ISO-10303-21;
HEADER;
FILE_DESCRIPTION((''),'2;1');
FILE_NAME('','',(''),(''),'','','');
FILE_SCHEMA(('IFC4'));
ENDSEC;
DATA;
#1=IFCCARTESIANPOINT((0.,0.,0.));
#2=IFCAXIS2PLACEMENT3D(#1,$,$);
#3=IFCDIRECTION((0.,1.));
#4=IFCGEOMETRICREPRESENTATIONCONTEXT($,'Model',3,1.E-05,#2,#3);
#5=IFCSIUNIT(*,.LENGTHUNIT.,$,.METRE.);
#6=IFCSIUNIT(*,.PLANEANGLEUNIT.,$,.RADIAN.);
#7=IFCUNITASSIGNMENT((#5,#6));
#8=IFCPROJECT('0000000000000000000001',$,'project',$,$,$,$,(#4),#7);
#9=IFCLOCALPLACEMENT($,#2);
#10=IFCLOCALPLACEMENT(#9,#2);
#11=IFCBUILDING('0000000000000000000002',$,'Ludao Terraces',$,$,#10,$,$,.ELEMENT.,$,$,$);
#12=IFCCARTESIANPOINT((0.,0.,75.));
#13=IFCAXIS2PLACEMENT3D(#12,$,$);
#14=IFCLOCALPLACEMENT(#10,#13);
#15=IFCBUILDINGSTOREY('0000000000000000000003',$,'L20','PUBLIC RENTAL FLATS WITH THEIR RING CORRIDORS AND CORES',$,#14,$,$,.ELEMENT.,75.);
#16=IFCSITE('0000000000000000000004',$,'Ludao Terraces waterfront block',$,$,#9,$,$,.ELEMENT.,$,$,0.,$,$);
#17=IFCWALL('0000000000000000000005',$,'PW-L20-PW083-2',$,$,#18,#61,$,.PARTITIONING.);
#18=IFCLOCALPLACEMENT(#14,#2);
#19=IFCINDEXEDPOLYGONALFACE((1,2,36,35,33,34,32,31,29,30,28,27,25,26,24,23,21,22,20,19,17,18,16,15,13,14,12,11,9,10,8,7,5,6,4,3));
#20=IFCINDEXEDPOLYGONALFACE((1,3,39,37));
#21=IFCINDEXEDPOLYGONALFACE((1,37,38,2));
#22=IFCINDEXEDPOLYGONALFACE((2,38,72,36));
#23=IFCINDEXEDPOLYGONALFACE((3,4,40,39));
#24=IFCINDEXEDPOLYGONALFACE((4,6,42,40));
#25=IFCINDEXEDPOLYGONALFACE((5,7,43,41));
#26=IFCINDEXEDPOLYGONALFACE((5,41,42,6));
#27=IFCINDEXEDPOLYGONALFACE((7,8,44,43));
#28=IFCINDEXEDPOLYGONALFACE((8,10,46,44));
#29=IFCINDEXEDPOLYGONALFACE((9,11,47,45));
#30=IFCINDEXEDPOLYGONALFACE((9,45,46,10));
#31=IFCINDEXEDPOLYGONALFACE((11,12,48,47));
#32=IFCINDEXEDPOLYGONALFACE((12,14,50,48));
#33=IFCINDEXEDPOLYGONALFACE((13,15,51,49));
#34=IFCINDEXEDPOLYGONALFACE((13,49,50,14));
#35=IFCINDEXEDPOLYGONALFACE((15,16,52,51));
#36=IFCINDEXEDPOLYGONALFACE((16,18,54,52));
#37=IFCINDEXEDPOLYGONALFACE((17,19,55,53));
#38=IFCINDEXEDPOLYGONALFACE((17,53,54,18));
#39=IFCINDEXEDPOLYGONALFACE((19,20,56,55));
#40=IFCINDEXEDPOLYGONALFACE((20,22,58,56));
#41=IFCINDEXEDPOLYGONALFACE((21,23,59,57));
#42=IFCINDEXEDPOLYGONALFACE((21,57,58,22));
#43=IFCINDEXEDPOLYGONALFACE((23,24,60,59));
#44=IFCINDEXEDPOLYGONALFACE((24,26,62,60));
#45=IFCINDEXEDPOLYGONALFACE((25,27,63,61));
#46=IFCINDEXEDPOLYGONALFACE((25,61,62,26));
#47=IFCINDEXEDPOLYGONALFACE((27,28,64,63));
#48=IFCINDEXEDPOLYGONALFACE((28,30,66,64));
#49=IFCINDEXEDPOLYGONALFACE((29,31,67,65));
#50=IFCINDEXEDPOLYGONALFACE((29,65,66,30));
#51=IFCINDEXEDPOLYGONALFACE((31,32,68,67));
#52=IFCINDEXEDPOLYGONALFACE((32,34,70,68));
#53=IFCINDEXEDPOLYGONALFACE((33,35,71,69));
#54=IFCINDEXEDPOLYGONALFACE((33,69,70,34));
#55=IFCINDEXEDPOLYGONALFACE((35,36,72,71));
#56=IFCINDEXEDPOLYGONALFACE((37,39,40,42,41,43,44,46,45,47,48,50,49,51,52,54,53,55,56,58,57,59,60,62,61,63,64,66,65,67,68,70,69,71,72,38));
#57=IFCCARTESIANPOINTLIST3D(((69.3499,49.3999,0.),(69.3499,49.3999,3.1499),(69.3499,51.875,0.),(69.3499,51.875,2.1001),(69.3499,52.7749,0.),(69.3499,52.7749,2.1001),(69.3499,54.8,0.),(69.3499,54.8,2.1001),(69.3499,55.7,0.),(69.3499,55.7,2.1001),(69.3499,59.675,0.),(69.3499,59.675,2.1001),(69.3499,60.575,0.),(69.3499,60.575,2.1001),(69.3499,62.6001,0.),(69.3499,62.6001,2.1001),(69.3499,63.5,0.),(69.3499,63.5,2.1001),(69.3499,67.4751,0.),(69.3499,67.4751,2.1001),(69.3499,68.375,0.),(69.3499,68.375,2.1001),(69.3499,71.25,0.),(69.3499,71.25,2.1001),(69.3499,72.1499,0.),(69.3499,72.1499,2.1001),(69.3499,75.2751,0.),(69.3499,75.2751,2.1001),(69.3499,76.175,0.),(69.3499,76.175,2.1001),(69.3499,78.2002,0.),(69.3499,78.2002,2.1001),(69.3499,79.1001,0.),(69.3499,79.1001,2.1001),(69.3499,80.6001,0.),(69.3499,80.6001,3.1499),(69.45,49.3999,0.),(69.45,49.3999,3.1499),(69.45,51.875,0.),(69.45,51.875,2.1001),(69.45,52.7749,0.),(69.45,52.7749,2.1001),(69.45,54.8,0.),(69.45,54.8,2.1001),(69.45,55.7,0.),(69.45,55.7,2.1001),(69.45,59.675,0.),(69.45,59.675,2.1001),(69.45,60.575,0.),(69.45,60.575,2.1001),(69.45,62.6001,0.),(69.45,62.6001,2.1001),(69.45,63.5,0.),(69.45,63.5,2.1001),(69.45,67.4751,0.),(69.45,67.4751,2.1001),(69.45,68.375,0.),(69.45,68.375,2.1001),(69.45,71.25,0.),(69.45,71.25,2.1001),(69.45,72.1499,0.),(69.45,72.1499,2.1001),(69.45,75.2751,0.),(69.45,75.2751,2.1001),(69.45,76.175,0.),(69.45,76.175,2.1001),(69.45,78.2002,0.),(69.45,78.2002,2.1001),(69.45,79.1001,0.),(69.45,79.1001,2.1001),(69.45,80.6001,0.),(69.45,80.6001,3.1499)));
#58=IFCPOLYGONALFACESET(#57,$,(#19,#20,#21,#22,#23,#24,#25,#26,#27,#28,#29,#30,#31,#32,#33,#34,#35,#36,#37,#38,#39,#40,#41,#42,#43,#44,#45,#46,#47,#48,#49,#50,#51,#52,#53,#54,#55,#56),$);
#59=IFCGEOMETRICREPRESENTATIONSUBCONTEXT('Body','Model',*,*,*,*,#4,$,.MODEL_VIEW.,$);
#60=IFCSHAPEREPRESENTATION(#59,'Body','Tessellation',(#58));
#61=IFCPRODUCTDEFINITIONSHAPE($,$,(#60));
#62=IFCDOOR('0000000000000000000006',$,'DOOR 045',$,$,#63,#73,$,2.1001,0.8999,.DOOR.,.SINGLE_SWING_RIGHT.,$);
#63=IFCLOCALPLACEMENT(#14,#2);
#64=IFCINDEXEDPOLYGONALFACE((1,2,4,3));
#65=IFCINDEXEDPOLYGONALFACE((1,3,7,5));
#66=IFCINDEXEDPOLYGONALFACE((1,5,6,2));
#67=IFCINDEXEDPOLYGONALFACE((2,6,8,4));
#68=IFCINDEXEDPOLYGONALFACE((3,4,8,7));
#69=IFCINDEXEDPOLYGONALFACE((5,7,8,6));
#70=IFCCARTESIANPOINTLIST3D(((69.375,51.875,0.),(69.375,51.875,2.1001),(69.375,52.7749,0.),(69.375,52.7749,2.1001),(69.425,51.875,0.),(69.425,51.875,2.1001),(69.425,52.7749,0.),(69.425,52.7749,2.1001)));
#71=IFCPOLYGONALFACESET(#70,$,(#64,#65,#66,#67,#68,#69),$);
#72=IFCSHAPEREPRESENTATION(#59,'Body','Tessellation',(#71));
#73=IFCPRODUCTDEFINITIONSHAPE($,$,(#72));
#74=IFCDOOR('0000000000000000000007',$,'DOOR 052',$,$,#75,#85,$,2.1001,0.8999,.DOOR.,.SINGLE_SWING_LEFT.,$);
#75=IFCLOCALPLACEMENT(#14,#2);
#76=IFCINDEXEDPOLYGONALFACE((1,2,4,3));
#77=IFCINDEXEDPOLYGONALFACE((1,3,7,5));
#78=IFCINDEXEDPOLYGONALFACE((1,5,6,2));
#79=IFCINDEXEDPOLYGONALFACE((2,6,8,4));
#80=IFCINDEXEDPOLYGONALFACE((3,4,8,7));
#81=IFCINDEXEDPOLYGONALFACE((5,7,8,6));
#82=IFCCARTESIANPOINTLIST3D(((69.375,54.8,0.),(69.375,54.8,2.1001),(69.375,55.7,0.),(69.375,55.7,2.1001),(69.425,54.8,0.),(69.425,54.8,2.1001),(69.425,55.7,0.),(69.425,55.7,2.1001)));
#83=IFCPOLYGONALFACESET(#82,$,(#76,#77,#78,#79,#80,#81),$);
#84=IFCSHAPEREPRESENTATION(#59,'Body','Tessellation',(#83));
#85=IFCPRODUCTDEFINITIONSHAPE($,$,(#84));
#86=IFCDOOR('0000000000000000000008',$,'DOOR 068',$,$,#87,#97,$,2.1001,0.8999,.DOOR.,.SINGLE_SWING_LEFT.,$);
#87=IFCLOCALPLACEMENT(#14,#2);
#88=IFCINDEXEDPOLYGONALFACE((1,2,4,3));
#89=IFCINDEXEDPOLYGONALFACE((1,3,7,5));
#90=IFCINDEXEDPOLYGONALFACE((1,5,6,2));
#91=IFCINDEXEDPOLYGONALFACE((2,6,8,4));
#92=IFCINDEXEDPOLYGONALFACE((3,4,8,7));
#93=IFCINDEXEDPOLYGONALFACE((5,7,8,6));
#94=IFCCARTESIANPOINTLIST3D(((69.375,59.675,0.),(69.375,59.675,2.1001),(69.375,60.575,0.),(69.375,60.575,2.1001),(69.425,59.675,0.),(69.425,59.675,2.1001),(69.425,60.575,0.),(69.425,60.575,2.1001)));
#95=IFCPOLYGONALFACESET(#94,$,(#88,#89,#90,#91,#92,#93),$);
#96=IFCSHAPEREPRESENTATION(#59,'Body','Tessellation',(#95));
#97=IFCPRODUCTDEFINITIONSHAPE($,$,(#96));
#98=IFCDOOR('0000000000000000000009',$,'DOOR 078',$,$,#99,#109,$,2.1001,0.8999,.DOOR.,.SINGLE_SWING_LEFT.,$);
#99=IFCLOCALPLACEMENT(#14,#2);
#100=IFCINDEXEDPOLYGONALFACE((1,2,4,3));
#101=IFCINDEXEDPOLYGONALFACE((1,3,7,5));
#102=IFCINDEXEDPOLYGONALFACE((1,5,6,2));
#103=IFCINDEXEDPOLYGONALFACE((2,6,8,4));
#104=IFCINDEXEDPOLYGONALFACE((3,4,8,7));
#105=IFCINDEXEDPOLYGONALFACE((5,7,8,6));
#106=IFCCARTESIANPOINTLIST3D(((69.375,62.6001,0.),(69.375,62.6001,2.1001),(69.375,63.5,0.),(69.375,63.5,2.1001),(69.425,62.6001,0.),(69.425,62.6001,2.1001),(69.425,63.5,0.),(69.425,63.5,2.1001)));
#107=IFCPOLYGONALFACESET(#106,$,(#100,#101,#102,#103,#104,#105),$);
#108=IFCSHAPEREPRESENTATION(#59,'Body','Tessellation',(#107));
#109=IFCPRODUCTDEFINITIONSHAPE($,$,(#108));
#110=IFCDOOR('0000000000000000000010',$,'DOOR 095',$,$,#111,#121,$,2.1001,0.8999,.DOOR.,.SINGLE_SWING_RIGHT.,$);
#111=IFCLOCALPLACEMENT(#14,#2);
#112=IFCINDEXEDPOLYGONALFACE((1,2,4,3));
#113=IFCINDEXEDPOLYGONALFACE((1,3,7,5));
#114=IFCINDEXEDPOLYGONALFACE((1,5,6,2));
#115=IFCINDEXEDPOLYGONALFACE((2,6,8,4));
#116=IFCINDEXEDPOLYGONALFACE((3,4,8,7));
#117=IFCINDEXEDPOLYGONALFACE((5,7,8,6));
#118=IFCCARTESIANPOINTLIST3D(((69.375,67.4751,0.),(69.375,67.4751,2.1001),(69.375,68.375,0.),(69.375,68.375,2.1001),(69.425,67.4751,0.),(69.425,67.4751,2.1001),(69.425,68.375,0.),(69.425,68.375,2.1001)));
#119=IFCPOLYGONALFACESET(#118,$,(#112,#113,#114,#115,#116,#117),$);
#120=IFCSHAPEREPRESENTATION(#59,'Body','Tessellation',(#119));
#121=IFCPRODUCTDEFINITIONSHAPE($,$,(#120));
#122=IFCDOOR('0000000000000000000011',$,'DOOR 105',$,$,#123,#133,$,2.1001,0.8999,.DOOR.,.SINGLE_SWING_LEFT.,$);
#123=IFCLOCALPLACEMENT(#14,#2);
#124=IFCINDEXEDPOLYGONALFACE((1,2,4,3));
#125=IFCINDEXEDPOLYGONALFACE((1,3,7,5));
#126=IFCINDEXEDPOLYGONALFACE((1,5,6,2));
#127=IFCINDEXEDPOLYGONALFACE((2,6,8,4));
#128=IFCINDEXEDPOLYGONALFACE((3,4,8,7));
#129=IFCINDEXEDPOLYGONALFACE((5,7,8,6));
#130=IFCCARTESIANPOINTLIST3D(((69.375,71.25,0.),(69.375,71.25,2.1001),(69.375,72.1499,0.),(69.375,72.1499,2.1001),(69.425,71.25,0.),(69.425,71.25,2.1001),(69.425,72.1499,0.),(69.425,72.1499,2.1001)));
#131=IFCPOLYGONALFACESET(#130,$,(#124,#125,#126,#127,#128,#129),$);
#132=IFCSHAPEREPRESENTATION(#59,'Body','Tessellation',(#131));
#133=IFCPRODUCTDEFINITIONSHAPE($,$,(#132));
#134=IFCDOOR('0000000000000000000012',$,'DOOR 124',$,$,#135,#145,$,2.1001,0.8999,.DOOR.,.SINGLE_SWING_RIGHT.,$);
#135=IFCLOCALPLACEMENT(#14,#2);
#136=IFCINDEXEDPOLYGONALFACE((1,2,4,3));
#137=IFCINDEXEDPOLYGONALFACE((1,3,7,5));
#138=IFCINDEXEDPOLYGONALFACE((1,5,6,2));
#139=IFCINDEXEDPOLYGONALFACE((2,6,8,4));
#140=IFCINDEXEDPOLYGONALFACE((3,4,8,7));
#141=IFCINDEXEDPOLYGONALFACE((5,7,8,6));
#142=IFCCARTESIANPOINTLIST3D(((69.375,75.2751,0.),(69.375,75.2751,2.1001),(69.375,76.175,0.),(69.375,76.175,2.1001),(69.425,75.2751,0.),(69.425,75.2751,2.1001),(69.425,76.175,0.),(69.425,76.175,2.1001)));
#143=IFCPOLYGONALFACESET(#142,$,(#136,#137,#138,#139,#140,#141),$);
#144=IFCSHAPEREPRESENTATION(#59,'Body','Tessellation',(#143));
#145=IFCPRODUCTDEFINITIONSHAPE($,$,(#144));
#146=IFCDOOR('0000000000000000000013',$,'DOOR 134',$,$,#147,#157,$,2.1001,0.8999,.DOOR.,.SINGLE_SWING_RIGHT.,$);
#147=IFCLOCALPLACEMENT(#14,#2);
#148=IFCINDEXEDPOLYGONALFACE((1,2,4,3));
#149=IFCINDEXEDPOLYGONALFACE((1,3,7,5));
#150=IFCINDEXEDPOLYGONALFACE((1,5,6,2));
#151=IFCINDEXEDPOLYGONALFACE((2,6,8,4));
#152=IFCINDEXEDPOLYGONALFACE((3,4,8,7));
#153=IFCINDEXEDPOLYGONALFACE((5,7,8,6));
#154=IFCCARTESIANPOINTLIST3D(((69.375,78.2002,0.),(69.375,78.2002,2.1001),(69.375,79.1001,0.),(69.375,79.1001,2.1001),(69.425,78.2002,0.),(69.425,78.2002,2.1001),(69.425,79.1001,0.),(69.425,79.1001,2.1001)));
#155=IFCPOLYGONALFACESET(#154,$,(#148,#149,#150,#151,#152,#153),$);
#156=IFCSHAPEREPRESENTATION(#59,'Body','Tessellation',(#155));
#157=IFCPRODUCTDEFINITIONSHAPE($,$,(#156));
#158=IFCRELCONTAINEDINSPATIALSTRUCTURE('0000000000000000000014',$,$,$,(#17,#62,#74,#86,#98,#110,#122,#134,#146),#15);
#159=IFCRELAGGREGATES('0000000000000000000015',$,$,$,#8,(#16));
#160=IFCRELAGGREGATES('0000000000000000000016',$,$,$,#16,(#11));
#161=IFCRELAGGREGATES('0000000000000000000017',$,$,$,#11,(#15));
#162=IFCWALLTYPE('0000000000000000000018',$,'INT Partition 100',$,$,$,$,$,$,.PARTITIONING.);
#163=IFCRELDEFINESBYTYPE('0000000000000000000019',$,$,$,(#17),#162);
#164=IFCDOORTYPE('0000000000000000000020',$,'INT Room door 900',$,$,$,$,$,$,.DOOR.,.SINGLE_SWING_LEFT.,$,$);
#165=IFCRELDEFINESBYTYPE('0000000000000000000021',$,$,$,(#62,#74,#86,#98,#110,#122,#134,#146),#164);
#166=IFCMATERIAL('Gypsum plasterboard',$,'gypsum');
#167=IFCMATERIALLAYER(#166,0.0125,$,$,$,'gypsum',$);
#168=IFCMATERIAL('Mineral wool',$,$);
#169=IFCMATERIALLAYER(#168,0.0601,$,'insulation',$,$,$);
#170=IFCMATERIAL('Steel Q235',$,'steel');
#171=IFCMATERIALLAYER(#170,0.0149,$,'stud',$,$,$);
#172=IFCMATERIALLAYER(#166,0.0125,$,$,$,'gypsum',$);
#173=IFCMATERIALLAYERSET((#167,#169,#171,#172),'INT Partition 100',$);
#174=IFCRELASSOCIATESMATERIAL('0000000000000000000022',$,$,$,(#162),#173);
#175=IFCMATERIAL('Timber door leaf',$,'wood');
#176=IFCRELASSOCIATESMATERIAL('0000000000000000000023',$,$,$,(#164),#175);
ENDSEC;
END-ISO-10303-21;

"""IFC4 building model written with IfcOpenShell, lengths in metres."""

from ifc_helpers import new_model, si_unit, direction, frame, frame_2d, origin, place, context, subcontext, project, spatial, rectangle, extrude, material, layer, layer_set, type_object, element, fill, save


model = new_model("IFC4")

# Units and contexts
model_context = context("Model", 3, precision=1e-05, world=origin(), true_north=direction((0.0, 1.0)))
body_context = subcontext(model_context, "Body", "Model", "MODEL_VIEW")
ifc_project = project(units=[si_unit("LENGTHUNIT", "METRE"), si_unit("PLANEANGLEUNIT", "RADIAN")], contexts=[model_context])

# Site, building, storey
site_placement = place(None, origin())
site = spatial("IfcSite", under=ifc_project, at=site_placement, Name="Ludao Terraces waterfront block", CompositionType="ELEMENT", RefElevation=0.0)
building_placement = place(site_placement, origin())
building = spatial("IfcBuilding", under=site, at=building_placement, Name="Ludao Terraces", CompositionType="ELEMENT")
storey_placement = place(building_placement, frame((0.0, 0.0, 75.0)))
storey = spatial("IfcBuildingStorey", under=building, at=storey_placement, Name="L20", Description="PUBLIC RENTAL FLATS WITH THEIR RING CORRIDORS AND CORES", CompositionType="ELEMENT", Elevation=75.0)

# Shared definitions
ifc_material_1 = material(Name="Gypsum plasterboard", Category="gypsum")
ifc_layer_1 = layer(ifc_material_1, 0.0125, Category="gypsum")
ifc_material_2 = material(Name="Mineral wool")
ifc_layer_2 = layer(ifc_material_2, 0.0601, Name="insulation")
ifc_material_3 = material(Name="Steel Q235", Category="steel")
ifc_layer_3 = layer(ifc_material_3, 0.0149, Name="stud")
ifc_layer_4 = layer(ifc_material_1, 0.0125, Category="gypsum")
ifc_layer_set = layer_set([ifc_layer_1, ifc_layer_2, ifc_layer_3, ifc_layer_4], Name="INT Partition 100")
wall_type = type_object("IfcWallType", Name="INT Partition 100", PredefinedType="PARTITIONING", material=ifc_layer_set)

# Wall, openings, doors
ifc_material_4 = material(Name="Timber door leaf", Category="wood")
door_type_1 = type_object("IfcDoorType", Name="INT Room door 900", OperationType="SINGLE_SWING_LEFT", PredefinedType="DOOR", material=ifc_material_4)
wall_1_placement = place(storey_placement, frame((69.3999, 49.3999, 0.0), z_axis=(0.0, 0.0, 1.0), x_axis=(0.0, 1.0, 0.0)))
wall_1 = element("IfcWall", 1, at=wall_1_placement, inside=storey, type_object=wall_type, Name="PW-L20-PW083-2", PredefinedType="PARTITIONING", context=body_context, shape_type="SweptSolid", body=[
    extrude(rectangle(XDim=31.2002, YDim=0.1001, at=frame_2d((15.6001, 0.0))), origin(), (0.0, 0.0, 1.0), 3.1499),
])
opening_1_placement = place(wall_1_placement, frame((2.4751, 0.0, 0.0)))
opening_1 = element("IfcOpeningElement", 2, at=opening_1_placement, cuts=wall_1, PredefinedType="OPENING", context=body_context, shape_type="SweptSolid", body=[
    extrude(rectangle(XDim=0.8999, YDim=2.1001, at=frame_2d((0.45, 1.05))), frame((0.0, 0.0601, 0.0), z_axis=(0.0, -1.0, 0.0), x_axis=(1.0, 0.0, 0.0)), (0.0, 0.0, 1.0), 0.1201),
])
opening_2_placement = place(wall_1_placement, frame((5.4001, 0.0, 0.0)))
opening_2 = element("IfcOpeningElement", 3, at=opening_2_placement, cuts=wall_1, PredefinedType="OPENING", context=body_context, shape_type="SweptSolid", body=[
    extrude(rectangle(XDim=0.8999, YDim=2.1001, at=frame_2d((0.45, 1.05))), frame((0.0, 0.0601, 0.0), z_axis=(0.0, -1.0, 0.0), x_axis=(1.0, 0.0, 0.0)), (0.0, 0.0, 1.0), 0.1201),
])
opening_3_placement = place(wall_1_placement, frame((10.2751, 0.0, 0.0)))
opening_3 = element("IfcOpeningElement", 4, at=opening_3_placement, cuts=wall_1, PredefinedType="OPENING", context=body_context, shape_type="SweptSolid", body=[
    extrude(rectangle(XDim=0.8999, YDim=2.1001, at=frame_2d((0.45, 1.05))), frame((0.0, 0.0601, 0.0), z_axis=(0.0, -1.0, 0.0), x_axis=(1.0, 0.0, 0.0)), (0.0, 0.0, 1.0), 0.1201),
])
opening_4_placement = place(wall_1_placement, frame((13.2002, 0.0, 0.0)))
opening_4 = element("IfcOpeningElement", 5, at=opening_4_placement, cuts=wall_1, PredefinedType="OPENING", context=body_context, shape_type="SweptSolid", body=[
    extrude(rectangle(XDim=0.8999, YDim=2.1001, at=frame_2d((0.45, 1.05))), frame((0.0, 0.0601, 0.0), z_axis=(0.0, -1.0, 0.0), x_axis=(1.0, 0.0, 0.0)), (0.0, 0.0, 1.0), 0.1201),
])
opening_5_placement = place(wall_1_placement, frame((18.0752, 0.0, 0.0)))
opening_5 = element("IfcOpeningElement", 6, at=opening_5_placement, cuts=wall_1, PredefinedType="OPENING", context=body_context, shape_type="SweptSolid", body=[
    extrude(rectangle(XDim=0.8999, YDim=2.1001, at=frame_2d((0.45, 1.05))), frame((0.0, 0.0601, 0.0), z_axis=(0.0, -1.0, 0.0), x_axis=(1.0, 0.0, 0.0)), (0.0, 0.0, 1.0), 0.1201),
])
opening_6_placement = place(wall_1_placement, frame((21.8501, 0.0, 0.0)))
opening_6 = element("IfcOpeningElement", 7, at=opening_6_placement, cuts=wall_1, PredefinedType="OPENING", context=body_context, shape_type="SweptSolid", body=[
    extrude(rectangle(XDim=0.8999, YDim=2.1001, at=frame_2d((0.45, 1.05))), frame((0.0, 0.0601, 0.0), z_axis=(0.0, -1.0, 0.0), x_axis=(1.0, 0.0, 0.0)), (0.0, 0.0, 1.0), 0.1201),
])
opening_7_placement = place(wall_1_placement, frame((25.8752, 0.0, 0.0)))
opening_7 = element("IfcOpeningElement", 8, at=opening_7_placement, cuts=wall_1, PredefinedType="OPENING", context=body_context, shape_type="SweptSolid", body=[
    extrude(rectangle(XDim=0.8999, YDim=2.1001, at=frame_2d((0.45, 1.05))), frame((0.0, 0.0601, 0.0), z_axis=(0.0, -1.0, 0.0), x_axis=(1.0, 0.0, 0.0)), (0.0, 0.0, 1.0), 0.1201),
])
opening_8_placement = place(wall_1_placement, frame((28.8003, 0.0, 0.0)))
opening_8 = element("IfcOpeningElement", 9, at=opening_8_placement, cuts=wall_1, PredefinedType="OPENING", context=body_context, shape_type="SweptSolid", body=[
    extrude(rectangle(XDim=0.8999, YDim=2.1001, at=frame_2d((0.45, 1.05))), frame((0.0, 0.0601, 0.0), z_axis=(0.0, -1.0, 0.0), x_axis=(1.0, 0.0, 0.0)), (0.0, 0.0, 1.0), 0.1201),
])
door_1_placement = place(opening_1_placement, origin())
door_1 = element("IfcDoor", 10, at=door_1_placement, inside=storey, type_object=door_type_1, Name="DOOR 045", OperationType="SINGLE_SWING_RIGHT", OverallHeight=2.1001, OverallWidth=0.8999, PredefinedType="DOOR", context=body_context, shape_type="SweptSolid", body=[
    extrude(rectangle(XDim=0.8999, YDim=2.1001, at=frame_2d((0.45, 1.05))), frame((0.0, 0.0249, 0.0), z_axis=(0.0, -1.0, 0.0), x_axis=(1.0, 0.0, 0.0)), (0.0, 0.0, 1.0), 0.05),
])
fill(opening_1, door_1)
door_2_placement = place(opening_2_placement, origin())
door_2 = element("IfcDoor", 11, at=door_2_placement, inside=storey, type_object=door_type_1, Name="DOOR 052", OperationType="SINGLE_SWING_LEFT", OverallHeight=2.1001, OverallWidth=0.8999, PredefinedType="DOOR", context=body_context, shape_type="SweptSolid", body=[
    extrude(rectangle(XDim=0.8999, YDim=2.1001, at=frame_2d((0.45, 1.05))), frame((0.0, 0.0249, 0.0), z_axis=(0.0, -1.0, 0.0), x_axis=(1.0, 0.0, 0.0)), (0.0, 0.0, 1.0), 0.05),
])
fill(opening_2, door_2)
door_3_placement = place(opening_3_placement, origin())
door_3 = element("IfcDoor", 12, at=door_3_placement, inside=storey, type_object=door_type_1, Name="DOOR 068", OperationType="SINGLE_SWING_LEFT", OverallHeight=2.1001, OverallWidth=0.8999, PredefinedType="DOOR", context=body_context, shape_type="SweptSolid", body=[
    extrude(rectangle(XDim=0.8999, YDim=2.1001, at=frame_2d((0.45, 1.05))), frame((0.0, 0.0249, 0.0), z_axis=(0.0, -1.0, 0.0), x_axis=(1.0, 0.0, 0.0)), (0.0, 0.0, 1.0), 0.05),
])
fill(opening_3, door_3)
door_4_placement = place(opening_4_placement, origin())
door_4 = element("IfcDoor", 13, at=door_4_placement, inside=storey, type_object=door_type_1, Name="DOOR 078", OperationType="SINGLE_SWING_LEFT", OverallHeight=2.1001, OverallWidth=0.8999, PredefinedType="DOOR", context=body_context, shape_type="SweptSolid", body=[
    extrude(rectangle(XDim=0.8999, YDim=2.1001, at=frame_2d((0.45, 1.05))), frame((0.0, 0.0249, 0.0), z_axis=(0.0, -1.0, 0.0), x_axis=(1.0, 0.0, 0.0)), (0.0, 0.0, 1.0), 0.05),
])
fill(opening_4, door_4)
door_5_placement = place(opening_5_placement, origin())
door_5 = element("IfcDoor", 14, at=door_5_placement, inside=storey, type_object=door_type_1, Name="DOOR 095", OperationType="SINGLE_SWING_RIGHT", OverallHeight=2.1001, OverallWidth=0.8999, PredefinedType="DOOR", context=body_context, shape_type="SweptSolid", body=[
    extrude(rectangle(XDim=0.8999, YDim=2.1001, at=frame_2d((0.45, 1.05))), frame((0.0, 0.0249, 0.0), z_axis=(0.0, -1.0, 0.0), x_axis=(1.0, 0.0, 0.0)), (0.0, 0.0, 1.0), 0.05),
])
fill(opening_5, door_5)
door_6_placement = place(opening_6_placement, origin())
door_6 = element("IfcDoor", 15, at=door_6_placement, inside=storey, type_object=door_type_1, Name="DOOR 105", OperationType="SINGLE_SWING_LEFT", OverallHeight=2.1001, OverallWidth=0.8999, PredefinedType="DOOR", context=body_context, shape_type="SweptSolid", body=[
    extrude(rectangle(XDim=0.8999, YDim=2.1001, at=frame_2d((0.45, 1.05))), frame((0.0, 0.0249, 0.0), z_axis=(0.0, -1.0, 0.0), x_axis=(1.0, 0.0, 0.0)), (0.0, 0.0, 1.0), 0.05),
])
fill(opening_6, door_6)
door_7_placement = place(opening_7_placement, origin())
door_7 = element("IfcDoor", 16, at=door_7_placement, inside=storey, type_object=door_type_1, Name="DOOR 124", OperationType="SINGLE_SWING_RIGHT", OverallHeight=2.1001, OverallWidth=0.8999, PredefinedType="DOOR", context=body_context, shape_type="SweptSolid", body=[
    extrude(rectangle(XDim=0.8999, YDim=2.1001, at=frame_2d((0.45, 1.05))), frame((0.0, 0.0249, 0.0), z_axis=(0.0, -1.0, 0.0), x_axis=(1.0, 0.0, 0.0)), (0.0, 0.0, 1.0), 0.05),
])
fill(opening_7, door_7)
door_8_placement = place(opening_8_placement, origin())
door_8 = element("IfcDoor", 17, at=door_8_placement, inside=storey, type_object=door_type_1, Name="DOOR 134", OperationType="SINGLE_SWING_RIGHT", OverallHeight=2.1001, OverallWidth=0.8999, PredefinedType="DOOR", context=body_context, shape_type="SweptSolid", body=[
    extrude(rectangle(XDim=0.8999, YDim=2.1001, at=frame_2d((0.45, 1.05))), frame((0.0, 0.0249, 0.0), z_axis=(0.0, -1.0, 0.0), x_axis=(1.0, 0.0, 0.0)), (0.0, 0.0, 1.0), 0.05),
])
fill(opening_8, door_8)

save(model, "model.ifc")
